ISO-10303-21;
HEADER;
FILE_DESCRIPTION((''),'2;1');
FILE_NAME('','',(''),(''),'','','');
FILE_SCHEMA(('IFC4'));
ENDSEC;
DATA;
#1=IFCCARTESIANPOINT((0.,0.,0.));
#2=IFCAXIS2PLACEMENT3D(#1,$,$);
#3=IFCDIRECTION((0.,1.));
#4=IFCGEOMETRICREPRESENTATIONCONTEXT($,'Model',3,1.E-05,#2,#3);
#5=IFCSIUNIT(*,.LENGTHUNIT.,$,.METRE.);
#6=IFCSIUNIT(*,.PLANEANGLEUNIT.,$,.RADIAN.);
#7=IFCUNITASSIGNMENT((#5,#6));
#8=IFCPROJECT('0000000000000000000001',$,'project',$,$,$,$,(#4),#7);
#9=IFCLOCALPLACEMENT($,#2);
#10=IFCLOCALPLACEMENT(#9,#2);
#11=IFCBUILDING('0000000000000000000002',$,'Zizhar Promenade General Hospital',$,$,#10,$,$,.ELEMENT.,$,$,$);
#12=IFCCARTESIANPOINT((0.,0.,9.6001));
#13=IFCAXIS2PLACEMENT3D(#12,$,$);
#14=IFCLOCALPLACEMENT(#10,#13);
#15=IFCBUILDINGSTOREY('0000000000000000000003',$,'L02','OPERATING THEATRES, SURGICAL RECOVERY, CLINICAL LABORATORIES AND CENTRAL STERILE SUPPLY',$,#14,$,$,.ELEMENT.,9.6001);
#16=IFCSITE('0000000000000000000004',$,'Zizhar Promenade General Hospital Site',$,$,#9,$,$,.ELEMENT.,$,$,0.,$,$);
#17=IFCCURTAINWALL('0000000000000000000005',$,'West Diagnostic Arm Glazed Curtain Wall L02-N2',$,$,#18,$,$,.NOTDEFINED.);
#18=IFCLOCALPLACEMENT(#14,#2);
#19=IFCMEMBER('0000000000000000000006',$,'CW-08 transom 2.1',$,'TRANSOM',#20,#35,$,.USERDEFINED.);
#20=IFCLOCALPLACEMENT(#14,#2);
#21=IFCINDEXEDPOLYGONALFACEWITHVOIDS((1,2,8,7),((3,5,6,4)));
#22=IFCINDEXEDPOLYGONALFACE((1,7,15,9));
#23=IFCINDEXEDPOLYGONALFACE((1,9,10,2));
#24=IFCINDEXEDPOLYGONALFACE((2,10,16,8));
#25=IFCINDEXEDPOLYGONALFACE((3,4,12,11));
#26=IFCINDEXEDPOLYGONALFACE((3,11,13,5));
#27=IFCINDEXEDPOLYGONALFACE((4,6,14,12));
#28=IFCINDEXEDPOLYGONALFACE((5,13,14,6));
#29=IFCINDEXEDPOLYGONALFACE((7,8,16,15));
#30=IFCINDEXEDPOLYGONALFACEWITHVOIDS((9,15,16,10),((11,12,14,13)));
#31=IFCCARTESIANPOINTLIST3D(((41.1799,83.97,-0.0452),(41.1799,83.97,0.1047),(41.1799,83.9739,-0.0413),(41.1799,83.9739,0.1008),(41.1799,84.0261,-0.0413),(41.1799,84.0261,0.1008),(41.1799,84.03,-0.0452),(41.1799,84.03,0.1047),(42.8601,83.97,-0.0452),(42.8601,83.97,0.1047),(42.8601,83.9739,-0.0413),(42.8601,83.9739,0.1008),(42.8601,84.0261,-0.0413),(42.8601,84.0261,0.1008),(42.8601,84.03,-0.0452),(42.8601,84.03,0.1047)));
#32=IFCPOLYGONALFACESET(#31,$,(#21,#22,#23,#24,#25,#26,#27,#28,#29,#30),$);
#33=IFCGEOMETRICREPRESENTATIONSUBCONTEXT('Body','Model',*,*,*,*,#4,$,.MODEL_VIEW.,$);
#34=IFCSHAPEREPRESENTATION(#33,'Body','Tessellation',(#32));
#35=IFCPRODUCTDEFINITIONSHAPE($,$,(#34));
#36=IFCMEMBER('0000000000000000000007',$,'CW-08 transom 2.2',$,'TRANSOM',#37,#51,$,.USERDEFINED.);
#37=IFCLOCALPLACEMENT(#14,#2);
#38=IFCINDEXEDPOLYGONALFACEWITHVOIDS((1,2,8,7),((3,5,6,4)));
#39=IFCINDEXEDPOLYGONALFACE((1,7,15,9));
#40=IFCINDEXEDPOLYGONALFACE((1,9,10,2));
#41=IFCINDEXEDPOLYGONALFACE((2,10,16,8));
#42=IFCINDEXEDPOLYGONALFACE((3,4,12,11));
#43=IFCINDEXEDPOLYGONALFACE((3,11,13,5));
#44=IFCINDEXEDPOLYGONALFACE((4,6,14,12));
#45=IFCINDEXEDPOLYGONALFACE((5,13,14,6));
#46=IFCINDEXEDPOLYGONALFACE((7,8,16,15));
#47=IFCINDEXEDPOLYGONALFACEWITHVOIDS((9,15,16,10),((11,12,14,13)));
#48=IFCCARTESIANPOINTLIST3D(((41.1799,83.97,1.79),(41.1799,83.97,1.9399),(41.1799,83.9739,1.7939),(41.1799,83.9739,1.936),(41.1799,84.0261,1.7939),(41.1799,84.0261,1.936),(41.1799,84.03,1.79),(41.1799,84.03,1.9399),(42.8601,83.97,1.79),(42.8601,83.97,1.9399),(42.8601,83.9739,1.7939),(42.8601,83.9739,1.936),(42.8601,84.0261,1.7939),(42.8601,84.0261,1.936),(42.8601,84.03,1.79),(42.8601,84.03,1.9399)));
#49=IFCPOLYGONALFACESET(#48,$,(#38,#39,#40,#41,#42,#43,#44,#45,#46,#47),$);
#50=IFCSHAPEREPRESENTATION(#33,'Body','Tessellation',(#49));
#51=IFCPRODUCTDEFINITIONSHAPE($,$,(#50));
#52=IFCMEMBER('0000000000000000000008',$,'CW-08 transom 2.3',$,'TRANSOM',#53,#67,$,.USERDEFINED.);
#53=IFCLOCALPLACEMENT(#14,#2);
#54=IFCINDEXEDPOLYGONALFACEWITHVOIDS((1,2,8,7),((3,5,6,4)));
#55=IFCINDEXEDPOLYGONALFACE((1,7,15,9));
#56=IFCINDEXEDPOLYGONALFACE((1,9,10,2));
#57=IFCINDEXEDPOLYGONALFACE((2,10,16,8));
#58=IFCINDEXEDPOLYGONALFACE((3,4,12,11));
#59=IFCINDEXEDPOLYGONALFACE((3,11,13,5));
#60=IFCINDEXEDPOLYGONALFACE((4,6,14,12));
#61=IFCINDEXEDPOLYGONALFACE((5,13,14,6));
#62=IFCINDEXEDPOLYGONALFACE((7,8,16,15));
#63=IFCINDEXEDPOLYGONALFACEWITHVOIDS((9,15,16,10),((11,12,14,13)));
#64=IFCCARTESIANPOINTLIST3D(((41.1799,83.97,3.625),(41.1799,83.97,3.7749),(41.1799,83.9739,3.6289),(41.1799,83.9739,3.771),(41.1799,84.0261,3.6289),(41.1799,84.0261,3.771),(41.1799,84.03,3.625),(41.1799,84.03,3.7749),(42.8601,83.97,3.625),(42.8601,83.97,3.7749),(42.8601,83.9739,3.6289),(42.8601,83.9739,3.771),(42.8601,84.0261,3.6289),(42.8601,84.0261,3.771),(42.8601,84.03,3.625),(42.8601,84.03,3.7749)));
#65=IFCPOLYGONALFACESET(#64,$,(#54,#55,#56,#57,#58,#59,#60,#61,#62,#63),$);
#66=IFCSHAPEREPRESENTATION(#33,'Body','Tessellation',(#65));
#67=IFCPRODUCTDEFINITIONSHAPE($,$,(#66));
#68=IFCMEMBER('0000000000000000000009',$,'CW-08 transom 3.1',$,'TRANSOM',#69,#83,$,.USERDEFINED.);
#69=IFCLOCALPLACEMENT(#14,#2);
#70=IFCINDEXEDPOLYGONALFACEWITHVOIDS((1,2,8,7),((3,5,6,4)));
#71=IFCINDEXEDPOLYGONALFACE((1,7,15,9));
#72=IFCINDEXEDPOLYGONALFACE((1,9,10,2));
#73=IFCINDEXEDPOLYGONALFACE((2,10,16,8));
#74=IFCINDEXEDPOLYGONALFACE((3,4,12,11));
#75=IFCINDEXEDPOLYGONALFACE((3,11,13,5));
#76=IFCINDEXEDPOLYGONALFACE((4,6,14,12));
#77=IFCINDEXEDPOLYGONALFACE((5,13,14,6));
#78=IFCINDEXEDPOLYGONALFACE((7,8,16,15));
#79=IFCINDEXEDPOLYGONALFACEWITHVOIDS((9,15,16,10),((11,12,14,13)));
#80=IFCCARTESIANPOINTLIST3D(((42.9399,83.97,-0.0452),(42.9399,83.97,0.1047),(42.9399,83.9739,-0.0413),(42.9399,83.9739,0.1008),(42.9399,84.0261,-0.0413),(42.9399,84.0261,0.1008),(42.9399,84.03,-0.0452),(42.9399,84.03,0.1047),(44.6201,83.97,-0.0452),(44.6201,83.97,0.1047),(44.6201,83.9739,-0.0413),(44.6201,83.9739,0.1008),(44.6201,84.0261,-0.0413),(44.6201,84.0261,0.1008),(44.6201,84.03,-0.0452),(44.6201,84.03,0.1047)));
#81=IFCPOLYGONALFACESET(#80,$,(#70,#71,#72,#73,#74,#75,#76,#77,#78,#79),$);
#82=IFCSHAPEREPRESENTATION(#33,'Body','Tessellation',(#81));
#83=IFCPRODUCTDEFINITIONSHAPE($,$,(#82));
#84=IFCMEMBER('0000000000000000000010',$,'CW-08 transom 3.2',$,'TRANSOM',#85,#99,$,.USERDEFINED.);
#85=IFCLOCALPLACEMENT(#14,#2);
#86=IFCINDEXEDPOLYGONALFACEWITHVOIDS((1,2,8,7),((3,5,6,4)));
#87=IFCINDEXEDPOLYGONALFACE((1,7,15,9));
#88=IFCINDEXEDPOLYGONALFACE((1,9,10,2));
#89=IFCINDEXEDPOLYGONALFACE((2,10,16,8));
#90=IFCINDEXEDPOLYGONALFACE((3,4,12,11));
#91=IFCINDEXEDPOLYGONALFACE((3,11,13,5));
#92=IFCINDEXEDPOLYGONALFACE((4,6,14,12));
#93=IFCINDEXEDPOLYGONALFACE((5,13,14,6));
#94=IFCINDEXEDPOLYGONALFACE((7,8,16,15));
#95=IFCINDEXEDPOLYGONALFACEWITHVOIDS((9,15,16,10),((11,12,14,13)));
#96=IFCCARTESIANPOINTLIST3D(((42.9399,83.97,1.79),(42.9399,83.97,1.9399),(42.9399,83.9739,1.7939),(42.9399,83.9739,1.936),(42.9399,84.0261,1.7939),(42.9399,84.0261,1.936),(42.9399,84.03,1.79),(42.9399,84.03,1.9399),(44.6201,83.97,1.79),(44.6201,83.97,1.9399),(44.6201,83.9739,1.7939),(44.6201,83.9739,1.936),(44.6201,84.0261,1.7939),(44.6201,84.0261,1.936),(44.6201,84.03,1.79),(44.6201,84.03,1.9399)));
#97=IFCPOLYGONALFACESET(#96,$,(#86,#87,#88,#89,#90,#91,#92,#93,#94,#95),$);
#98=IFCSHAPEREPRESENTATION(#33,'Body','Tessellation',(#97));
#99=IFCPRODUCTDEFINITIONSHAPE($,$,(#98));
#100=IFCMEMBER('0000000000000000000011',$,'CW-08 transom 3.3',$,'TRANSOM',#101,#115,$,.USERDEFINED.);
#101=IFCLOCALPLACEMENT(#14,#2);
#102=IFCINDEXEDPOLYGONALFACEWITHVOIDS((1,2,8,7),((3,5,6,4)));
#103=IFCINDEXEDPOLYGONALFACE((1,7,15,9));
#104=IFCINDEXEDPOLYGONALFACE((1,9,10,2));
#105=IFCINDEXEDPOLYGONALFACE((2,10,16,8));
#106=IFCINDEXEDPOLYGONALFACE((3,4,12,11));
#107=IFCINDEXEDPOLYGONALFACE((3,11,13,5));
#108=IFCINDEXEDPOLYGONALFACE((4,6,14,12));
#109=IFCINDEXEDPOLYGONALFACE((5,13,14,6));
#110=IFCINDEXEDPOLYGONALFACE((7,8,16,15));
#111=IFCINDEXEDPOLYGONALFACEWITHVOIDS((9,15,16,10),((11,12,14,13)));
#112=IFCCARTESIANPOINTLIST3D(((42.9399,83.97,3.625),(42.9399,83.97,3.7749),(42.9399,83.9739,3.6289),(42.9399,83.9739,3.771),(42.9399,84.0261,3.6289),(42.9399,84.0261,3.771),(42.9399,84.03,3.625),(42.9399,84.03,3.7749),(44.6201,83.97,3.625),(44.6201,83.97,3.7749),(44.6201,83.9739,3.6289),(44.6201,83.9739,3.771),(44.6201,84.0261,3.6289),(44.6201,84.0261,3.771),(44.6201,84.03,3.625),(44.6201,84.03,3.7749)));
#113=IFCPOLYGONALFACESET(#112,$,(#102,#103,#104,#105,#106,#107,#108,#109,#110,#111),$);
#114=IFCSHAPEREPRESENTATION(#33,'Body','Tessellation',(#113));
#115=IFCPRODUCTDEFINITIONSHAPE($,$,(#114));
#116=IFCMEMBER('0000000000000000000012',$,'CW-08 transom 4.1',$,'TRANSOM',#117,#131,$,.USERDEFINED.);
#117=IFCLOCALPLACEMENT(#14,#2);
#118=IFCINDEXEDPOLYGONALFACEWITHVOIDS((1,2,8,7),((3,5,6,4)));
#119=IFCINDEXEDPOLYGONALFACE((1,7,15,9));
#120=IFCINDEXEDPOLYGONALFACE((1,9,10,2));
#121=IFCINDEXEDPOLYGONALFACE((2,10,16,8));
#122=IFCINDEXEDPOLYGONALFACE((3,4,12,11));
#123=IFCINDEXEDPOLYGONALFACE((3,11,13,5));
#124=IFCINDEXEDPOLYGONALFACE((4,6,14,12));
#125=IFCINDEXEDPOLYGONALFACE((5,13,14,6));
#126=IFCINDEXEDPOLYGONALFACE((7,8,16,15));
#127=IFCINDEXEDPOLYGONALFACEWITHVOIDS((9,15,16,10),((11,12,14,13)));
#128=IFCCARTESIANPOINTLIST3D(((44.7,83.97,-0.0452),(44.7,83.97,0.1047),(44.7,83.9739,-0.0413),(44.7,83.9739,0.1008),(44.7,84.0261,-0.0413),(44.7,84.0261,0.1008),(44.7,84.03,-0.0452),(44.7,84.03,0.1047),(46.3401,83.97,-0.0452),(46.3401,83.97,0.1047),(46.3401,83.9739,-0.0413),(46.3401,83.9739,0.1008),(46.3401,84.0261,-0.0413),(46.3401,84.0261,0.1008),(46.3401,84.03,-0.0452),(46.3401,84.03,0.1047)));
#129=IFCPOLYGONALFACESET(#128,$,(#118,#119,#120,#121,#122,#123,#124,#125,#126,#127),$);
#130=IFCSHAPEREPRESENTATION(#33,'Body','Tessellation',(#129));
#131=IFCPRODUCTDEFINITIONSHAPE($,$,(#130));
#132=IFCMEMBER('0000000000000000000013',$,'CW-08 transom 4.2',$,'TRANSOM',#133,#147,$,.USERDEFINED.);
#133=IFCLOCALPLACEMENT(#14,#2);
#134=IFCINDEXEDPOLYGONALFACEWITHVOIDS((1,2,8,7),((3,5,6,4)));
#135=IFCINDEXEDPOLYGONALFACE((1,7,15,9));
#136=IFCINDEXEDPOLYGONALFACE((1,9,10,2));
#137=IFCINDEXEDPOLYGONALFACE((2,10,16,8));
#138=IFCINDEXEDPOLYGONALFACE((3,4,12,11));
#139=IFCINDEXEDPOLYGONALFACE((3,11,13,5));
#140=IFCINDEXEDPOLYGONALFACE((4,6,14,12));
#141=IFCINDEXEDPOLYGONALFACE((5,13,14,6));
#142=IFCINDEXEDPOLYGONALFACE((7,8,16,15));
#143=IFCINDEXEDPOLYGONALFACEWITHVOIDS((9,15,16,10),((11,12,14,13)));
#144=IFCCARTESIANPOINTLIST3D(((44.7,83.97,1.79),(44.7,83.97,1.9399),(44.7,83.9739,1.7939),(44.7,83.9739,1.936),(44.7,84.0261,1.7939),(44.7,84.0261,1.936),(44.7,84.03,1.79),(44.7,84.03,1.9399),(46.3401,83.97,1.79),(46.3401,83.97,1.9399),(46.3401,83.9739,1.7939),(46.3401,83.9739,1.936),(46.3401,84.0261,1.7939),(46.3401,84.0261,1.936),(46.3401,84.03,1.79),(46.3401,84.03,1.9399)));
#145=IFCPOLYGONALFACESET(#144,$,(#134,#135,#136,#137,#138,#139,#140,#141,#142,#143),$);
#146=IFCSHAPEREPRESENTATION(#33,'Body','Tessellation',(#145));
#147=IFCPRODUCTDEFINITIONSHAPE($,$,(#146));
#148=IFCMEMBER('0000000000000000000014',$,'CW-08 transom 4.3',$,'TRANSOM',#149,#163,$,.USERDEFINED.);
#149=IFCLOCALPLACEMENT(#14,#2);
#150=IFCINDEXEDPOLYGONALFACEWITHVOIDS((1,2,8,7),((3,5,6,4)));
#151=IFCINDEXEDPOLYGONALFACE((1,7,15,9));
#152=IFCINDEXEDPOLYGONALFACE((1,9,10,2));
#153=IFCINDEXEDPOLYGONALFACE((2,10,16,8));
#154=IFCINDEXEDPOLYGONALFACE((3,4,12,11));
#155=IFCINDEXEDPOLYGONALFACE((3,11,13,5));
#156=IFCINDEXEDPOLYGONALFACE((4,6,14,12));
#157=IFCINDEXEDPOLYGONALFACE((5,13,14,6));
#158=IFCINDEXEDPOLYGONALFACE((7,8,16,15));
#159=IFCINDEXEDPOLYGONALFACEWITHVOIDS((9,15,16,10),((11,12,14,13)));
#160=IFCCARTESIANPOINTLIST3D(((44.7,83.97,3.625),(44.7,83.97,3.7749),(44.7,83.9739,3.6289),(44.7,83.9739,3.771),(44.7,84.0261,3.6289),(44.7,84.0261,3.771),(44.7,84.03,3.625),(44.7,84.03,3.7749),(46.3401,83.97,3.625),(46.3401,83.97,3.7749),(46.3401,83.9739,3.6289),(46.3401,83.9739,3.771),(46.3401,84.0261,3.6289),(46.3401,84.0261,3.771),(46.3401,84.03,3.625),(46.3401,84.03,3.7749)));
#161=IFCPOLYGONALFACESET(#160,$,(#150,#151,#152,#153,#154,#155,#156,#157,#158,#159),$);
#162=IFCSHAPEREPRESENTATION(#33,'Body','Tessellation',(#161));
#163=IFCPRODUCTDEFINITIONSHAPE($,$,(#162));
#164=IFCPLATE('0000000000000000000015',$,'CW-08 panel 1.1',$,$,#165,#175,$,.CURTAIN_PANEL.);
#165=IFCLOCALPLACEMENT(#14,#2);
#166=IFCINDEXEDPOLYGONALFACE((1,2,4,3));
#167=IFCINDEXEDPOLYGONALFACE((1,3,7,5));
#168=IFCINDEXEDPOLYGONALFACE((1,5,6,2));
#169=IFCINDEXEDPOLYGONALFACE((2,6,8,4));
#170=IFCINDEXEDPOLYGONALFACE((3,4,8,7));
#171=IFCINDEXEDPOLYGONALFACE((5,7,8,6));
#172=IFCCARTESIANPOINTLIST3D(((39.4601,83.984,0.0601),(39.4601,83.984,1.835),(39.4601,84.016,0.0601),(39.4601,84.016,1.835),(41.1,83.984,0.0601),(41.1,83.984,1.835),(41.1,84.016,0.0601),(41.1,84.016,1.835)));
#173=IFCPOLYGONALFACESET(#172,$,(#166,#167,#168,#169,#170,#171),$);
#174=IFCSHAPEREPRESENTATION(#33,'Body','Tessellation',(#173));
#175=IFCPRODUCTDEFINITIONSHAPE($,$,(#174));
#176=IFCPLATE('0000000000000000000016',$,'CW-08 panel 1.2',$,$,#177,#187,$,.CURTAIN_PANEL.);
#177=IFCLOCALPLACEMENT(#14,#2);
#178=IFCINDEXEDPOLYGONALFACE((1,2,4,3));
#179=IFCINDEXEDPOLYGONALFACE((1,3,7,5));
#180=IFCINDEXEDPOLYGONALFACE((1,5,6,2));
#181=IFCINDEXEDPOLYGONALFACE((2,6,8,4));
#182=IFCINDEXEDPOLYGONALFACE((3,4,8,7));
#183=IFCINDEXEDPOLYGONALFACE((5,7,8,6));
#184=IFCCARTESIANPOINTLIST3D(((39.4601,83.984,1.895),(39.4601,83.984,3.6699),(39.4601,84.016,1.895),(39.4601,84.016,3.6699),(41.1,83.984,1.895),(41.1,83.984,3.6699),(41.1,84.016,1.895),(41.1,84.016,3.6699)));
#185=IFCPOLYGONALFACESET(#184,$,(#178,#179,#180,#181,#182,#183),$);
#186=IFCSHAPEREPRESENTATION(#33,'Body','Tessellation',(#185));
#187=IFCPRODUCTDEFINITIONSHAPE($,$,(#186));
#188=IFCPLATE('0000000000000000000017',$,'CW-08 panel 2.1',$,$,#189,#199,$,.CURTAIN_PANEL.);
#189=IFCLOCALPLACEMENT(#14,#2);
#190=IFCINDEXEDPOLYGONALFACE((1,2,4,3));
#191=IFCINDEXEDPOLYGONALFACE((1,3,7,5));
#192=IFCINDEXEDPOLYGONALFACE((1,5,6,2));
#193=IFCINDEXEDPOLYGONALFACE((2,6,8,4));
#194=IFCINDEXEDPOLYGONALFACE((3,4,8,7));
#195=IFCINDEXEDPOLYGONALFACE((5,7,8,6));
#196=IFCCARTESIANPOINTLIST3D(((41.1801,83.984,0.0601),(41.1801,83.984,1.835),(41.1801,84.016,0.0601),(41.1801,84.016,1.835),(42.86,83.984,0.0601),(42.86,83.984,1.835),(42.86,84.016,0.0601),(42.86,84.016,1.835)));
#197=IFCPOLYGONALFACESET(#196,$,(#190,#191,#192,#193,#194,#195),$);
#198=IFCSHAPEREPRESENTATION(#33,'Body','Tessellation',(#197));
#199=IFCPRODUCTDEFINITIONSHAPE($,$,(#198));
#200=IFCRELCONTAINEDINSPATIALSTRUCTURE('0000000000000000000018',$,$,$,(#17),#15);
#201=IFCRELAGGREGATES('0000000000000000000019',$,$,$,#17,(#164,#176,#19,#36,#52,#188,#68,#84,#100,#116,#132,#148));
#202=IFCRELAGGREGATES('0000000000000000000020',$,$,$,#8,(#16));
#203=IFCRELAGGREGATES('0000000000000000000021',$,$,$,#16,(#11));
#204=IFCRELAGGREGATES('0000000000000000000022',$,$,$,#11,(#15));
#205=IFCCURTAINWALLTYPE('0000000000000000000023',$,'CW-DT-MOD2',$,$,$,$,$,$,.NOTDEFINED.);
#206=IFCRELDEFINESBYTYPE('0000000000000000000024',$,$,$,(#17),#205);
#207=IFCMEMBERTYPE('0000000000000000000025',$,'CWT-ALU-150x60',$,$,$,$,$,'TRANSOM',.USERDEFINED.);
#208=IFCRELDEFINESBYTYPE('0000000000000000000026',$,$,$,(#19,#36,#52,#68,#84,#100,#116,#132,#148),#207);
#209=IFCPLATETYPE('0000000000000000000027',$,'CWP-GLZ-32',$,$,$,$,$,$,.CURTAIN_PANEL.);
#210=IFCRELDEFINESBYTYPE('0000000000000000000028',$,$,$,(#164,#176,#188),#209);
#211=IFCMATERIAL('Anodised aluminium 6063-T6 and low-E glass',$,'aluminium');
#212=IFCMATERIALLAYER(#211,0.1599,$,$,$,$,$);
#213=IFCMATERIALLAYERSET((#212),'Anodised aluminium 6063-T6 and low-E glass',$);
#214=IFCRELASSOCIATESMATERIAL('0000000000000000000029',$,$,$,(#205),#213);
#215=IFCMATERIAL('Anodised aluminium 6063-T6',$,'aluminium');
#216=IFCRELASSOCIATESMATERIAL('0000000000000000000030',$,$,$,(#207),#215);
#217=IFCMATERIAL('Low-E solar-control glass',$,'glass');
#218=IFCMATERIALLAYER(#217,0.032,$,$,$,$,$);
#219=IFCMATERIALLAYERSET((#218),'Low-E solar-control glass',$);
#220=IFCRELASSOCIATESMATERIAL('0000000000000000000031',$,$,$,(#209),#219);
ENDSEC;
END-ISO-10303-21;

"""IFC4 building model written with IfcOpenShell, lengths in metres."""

from ifc_helpers import new_model, si_unit, direction, frame, origin, origin_2d, place, context, subcontext, project, spatial, rectangle, hollow_rectangle, extrude, material, layer, layer_set, material_profile, profile_set, type_object, element, aggregate, save


model = new_model("IFC4")

# Units and contexts
model_context = context("Model", 3, precision=1e-05, world=origin(), true_north=direction((0.0, 1.0)))
body_context = subcontext(model_context, "Body", "Model", "MODEL_VIEW")
ifc_project = project(units=[si_unit("LENGTHUNIT", "METRE"), si_unit("PLANEANGLEUNIT", "RADIAN")], contexts=[model_context])

# Site, building, storey
site_placement = place(None, origin())
site = spatial("IfcSite", under=ifc_project, at=site_placement, Name="Zizhar Promenade General Hospital Site", CompositionType="ELEMENT", RefElevation=0.0)
building_placement = place(site_placement, origin())
building = spatial("IfcBuilding", under=site, at=building_placement, Name="Zizhar Promenade General Hospital", CompositionType="ELEMENT")
storey_placement = place(building_placement, frame((0.0, 0.0, 9.6001)))
storey = spatial("IfcBuildingStorey", under=building, at=storey_placement, Name="L02", Description="OPERATING THEATRES, SURGICAL RECOVERY, CLINICAL LABORATORIES AND CENTRAL STERILE SUPPLY", CompositionType="ELEMENT", Elevation=9.6001)

# Curtain wall, members, plates
ifc_material_1 = material(Name="Anodised aluminium 6063-T6 and low-E glass", Category="aluminium")
ifc_layer_1 = layer(ifc_material_1, 0.1599)
ifc_layer_set_1 = layer_set([ifc_layer_1], Name="Anodised aluminium 6063-T6 and low-E glass")
curtain_wall_type = type_object("IfcCurtainWallType", Name="CW-DT-MOD2", PredefinedType="NOTDEFINED", material=ifc_layer_set_1)
curtain_wall_placement = place(storey_placement, origin())
curtain_wall = element("IfcCurtainWall", 1, at=curtain_wall_placement, inside=storey, type_object=curtain_wall_type, Name="West Diagnostic Arm Glazed Curtain Wall L02-N2", PredefinedType="NOTDEFINED")
ifc_material_2 = material(Name="Anodised aluminium 6063-T6", Category="aluminium")
ifc_material_profile_1 = material_profile(ifc_material_2, hollow_rectangle(XDim=0.0601, YDim=0.1499, WallThickness=0.0039, at=origin_2d()))
ifc_profile_set_1 = profile_set([ifc_material_profile_1], Name="Anodised aluminium 6063-T6")
member_type_1 = type_object("IfcMemberType", Name="CWT-ALU-150x60", ElementType="TRANSOM", PredefinedType="USERDEFINED", material=ifc_profile_set_1)
member_1_placement = place(storey_placement, frame((41.1799, 84.0, 0.0298), z_axis=(1.0, 0.0, 0.0), x_axis=(0.0, 1.0, 0.0)))
member_1 = element("IfcMember", 2, at=member_1_placement, type_object=member_type_1, Name="CW-08 transom 2.1", ObjectType="TRANSOM", PredefinedType="USERDEFINED", context=body_context, shape_type="SweptSolid", body=[
    extrude(hollow_rectangle(XDim=0.0601, YDim=0.1499, WallThickness=0.0039, at=origin_2d()), origin(), (0.0, 0.0, 1.0), 1.6802),
])
member_2_placement = place(storey_placement, frame((41.1799, 84.0, 1.865), z_axis=(1.0, 0.0, 0.0), x_axis=(0.0, 1.0, 0.0)))
member_2 = element("IfcMember", 3, at=member_2_placement, type_object=member_type_1, Name="CW-08 transom 2.2", ObjectType="TRANSOM", PredefinedType="USERDEFINED", context=body_context, shape_type="SweptSolid", body=[
    extrude(hollow_rectangle(XDim=0.0601, YDim=0.1499, WallThickness=0.0039, at=origin_2d()), origin(), (0.0, 0.0, 1.0), 1.6802),
])
member_3_placement = place(storey_placement, frame((41.1799, 84.0, 3.7), z_axis=(1.0, 0.0, 0.0), x_axis=(0.0, 1.0, 0.0)))
member_3 = element("IfcMember", 4, at=member_3_placement, type_object=member_type_1, Name="CW-08 transom 2.3", ObjectType="TRANSOM", PredefinedType="USERDEFINED", context=body_context, shape_type="SweptSolid", body=[
    extrude(hollow_rectangle(XDim=0.0601, YDim=0.1499, WallThickness=0.0039, at=origin_2d()), origin(), (0.0, 0.0, 1.0), 1.6802),
])
member_4_placement = place(storey_placement, frame((42.9399, 84.0, 0.0298), z_axis=(1.0, 0.0, 0.0), x_axis=(0.0, 1.0, 0.0)))
member_4 = element("IfcMember", 5, at=member_4_placement, type_object=member_type_1, Name="CW-08 transom 3.1", ObjectType="TRANSOM", PredefinedType="USERDEFINED", context=body_context, shape_type="SweptSolid", body=[
    extrude(hollow_rectangle(XDim=0.0601, YDim=0.1499, WallThickness=0.0039, at=origin_2d()), origin(), (0.0, 0.0, 1.0), 1.6802),
])
member_5_placement = place(storey_placement, frame((42.9399, 84.0, 1.865), z_axis=(1.0, 0.0, 0.0), x_axis=(0.0, 1.0, 0.0)))
member_5 = element("IfcMember", 6, at=member_5_placement, type_object=member_type_1, Name="CW-08 transom 3.2", ObjectType="TRANSOM", PredefinedType="USERDEFINED", context=body_context, shape_type="SweptSolid", body=[
    extrude(hollow_rectangle(XDim=0.0601, YDim=0.1499, WallThickness=0.0039, at=origin_2d()), origin(), (0.0, 0.0, 1.0), 1.6802),
])
member_6_placement = place(storey_placement, frame((42.9399, 84.0, 3.7), z_axis=(1.0, 0.0, 0.0), x_axis=(0.0, 1.0, 0.0)))
member_6 = element("IfcMember", 7, at=member_6_placement, type_object=member_type_1, Name="CW-08 transom 3.3", ObjectType="TRANSOM", PredefinedType="USERDEFINED", context=body_context, shape_type="SweptSolid", body=[
    extrude(hollow_rectangle(XDim=0.0601, YDim=0.1499, WallThickness=0.0039, at=origin_2d()), origin(), (0.0, 0.0, 1.0), 1.6802),
])
member_7_placement = place(storey_placement, frame((44.7, 84.0, 0.0298), z_axis=(1.0, 0.0, 0.0), x_axis=(0.0, 1.0, 0.0)))
member_7 = element("IfcMember", 8, at=member_7_placement, type_object=member_type_1, Name="CW-08 transom 4.1", ObjectType="TRANSOM", PredefinedType="USERDEFINED", context=body_context, shape_type="SweptSolid", body=[
    extrude(hollow_rectangle(XDim=0.0601, YDim=0.1499, WallThickness=0.0039, at=origin_2d()), origin(), (0.0, 0.0, 1.0), 1.6401),
])
member_8_placement = place(storey_placement, frame((44.7, 84.0, 1.865), z_axis=(1.0, 0.0, 0.0), x_axis=(0.0, 1.0, 0.0)))
member_8 = element("IfcMember", 9, at=member_8_placement, type_object=member_type_1, Name="CW-08 transom 4.2", ObjectType="TRANSOM", PredefinedType="USERDEFINED", context=body_context, shape_type="SweptSolid", body=[
    extrude(hollow_rectangle(XDim=0.0601, YDim=0.1499, WallThickness=0.0039, at=origin_2d()), origin(), (0.0, 0.0, 1.0), 1.6401),
])
member_9_placement = place(storey_placement, frame((44.7, 84.0, 3.7), z_axis=(1.0, 0.0, 0.0), x_axis=(0.0, 1.0, 0.0)))
member_9 = element("IfcMember", 10, at=member_9_placement, type_object=member_type_1, Name="CW-08 transom 4.3", ObjectType="TRANSOM", PredefinedType="USERDEFINED", context=body_context, shape_type="SweptSolid", body=[
    extrude(hollow_rectangle(XDim=0.0601, YDim=0.1499, WallThickness=0.0039, at=origin_2d()), origin(), (0.0, 0.0, 1.0), 1.6401),
])
ifc_material_3 = material(Name="Low-E solar-control glass", Category="glass")
ifc_layer_2 = layer(ifc_material_3, 0.032)
ifc_layer_set_2 = layer_set([ifc_layer_2], Name="Low-E solar-control glass")
plate_type = type_object("IfcPlateType", Name="CWP-GLZ-32", PredefinedType="CURTAIN_PANEL", material=ifc_layer_set_2)
plate_1_placement = place(storey_placement, frame((40.28, 84.0, 0.0601), z_axis=(0.0, 0.0, 1.0), x_axis=(1.0, 0.0, 0.0)))
plate_1 = element("IfcPlate", 11, at=plate_1_placement, type_object=plate_type, Name="CW-08 panel 1.1", PredefinedType="CURTAIN_PANEL", context=body_context, shape_type="SweptSolid", body=[
    extrude(rectangle(XDim=1.6399, YDim=0.032, at=origin_2d()), origin(), (0.0, 0.0, 1.0), 1.7749),
])
plate_2_placement = place(storey_placement, frame((40.28, 84.0, 1.895), z_axis=(0.0, 0.0, 1.0), x_axis=(1.0, 0.0, 0.0)))
plate_2 = element("IfcPlate", 12, at=plate_2_placement, type_object=plate_type, Name="CW-08 panel 1.2", PredefinedType="CURTAIN_PANEL", context=body_context, shape_type="SweptSolid", body=[
    extrude(rectangle(XDim=1.6399, YDim=0.032, at=origin_2d()), origin(), (0.0, 0.0, 1.0), 1.7749),
])
plate_3_placement = place(storey_placement, frame((42.02, 84.0, 0.0601), z_axis=(0.0, 0.0, 1.0), x_axis=(1.0, 0.0, 0.0)))
plate_3 = element("IfcPlate", 13, at=plate_3_placement, type_object=plate_type, Name="CW-08 panel 2.1", PredefinedType="CURTAIN_PANEL", context=body_context, shape_type="SweptSolid", body=[
    extrude(rectangle(XDim=1.6799, YDim=0.032, at=origin_2d()), origin(), (0.0, 0.0, 1.0), 1.7749),
])
aggregate(curtain_wall, [plate_1, plate_2, member_1, member_2, member_3, plate_3, member_4, member_5, member_6, member_7, member_8, member_9])

save(model, "model.ifc")
